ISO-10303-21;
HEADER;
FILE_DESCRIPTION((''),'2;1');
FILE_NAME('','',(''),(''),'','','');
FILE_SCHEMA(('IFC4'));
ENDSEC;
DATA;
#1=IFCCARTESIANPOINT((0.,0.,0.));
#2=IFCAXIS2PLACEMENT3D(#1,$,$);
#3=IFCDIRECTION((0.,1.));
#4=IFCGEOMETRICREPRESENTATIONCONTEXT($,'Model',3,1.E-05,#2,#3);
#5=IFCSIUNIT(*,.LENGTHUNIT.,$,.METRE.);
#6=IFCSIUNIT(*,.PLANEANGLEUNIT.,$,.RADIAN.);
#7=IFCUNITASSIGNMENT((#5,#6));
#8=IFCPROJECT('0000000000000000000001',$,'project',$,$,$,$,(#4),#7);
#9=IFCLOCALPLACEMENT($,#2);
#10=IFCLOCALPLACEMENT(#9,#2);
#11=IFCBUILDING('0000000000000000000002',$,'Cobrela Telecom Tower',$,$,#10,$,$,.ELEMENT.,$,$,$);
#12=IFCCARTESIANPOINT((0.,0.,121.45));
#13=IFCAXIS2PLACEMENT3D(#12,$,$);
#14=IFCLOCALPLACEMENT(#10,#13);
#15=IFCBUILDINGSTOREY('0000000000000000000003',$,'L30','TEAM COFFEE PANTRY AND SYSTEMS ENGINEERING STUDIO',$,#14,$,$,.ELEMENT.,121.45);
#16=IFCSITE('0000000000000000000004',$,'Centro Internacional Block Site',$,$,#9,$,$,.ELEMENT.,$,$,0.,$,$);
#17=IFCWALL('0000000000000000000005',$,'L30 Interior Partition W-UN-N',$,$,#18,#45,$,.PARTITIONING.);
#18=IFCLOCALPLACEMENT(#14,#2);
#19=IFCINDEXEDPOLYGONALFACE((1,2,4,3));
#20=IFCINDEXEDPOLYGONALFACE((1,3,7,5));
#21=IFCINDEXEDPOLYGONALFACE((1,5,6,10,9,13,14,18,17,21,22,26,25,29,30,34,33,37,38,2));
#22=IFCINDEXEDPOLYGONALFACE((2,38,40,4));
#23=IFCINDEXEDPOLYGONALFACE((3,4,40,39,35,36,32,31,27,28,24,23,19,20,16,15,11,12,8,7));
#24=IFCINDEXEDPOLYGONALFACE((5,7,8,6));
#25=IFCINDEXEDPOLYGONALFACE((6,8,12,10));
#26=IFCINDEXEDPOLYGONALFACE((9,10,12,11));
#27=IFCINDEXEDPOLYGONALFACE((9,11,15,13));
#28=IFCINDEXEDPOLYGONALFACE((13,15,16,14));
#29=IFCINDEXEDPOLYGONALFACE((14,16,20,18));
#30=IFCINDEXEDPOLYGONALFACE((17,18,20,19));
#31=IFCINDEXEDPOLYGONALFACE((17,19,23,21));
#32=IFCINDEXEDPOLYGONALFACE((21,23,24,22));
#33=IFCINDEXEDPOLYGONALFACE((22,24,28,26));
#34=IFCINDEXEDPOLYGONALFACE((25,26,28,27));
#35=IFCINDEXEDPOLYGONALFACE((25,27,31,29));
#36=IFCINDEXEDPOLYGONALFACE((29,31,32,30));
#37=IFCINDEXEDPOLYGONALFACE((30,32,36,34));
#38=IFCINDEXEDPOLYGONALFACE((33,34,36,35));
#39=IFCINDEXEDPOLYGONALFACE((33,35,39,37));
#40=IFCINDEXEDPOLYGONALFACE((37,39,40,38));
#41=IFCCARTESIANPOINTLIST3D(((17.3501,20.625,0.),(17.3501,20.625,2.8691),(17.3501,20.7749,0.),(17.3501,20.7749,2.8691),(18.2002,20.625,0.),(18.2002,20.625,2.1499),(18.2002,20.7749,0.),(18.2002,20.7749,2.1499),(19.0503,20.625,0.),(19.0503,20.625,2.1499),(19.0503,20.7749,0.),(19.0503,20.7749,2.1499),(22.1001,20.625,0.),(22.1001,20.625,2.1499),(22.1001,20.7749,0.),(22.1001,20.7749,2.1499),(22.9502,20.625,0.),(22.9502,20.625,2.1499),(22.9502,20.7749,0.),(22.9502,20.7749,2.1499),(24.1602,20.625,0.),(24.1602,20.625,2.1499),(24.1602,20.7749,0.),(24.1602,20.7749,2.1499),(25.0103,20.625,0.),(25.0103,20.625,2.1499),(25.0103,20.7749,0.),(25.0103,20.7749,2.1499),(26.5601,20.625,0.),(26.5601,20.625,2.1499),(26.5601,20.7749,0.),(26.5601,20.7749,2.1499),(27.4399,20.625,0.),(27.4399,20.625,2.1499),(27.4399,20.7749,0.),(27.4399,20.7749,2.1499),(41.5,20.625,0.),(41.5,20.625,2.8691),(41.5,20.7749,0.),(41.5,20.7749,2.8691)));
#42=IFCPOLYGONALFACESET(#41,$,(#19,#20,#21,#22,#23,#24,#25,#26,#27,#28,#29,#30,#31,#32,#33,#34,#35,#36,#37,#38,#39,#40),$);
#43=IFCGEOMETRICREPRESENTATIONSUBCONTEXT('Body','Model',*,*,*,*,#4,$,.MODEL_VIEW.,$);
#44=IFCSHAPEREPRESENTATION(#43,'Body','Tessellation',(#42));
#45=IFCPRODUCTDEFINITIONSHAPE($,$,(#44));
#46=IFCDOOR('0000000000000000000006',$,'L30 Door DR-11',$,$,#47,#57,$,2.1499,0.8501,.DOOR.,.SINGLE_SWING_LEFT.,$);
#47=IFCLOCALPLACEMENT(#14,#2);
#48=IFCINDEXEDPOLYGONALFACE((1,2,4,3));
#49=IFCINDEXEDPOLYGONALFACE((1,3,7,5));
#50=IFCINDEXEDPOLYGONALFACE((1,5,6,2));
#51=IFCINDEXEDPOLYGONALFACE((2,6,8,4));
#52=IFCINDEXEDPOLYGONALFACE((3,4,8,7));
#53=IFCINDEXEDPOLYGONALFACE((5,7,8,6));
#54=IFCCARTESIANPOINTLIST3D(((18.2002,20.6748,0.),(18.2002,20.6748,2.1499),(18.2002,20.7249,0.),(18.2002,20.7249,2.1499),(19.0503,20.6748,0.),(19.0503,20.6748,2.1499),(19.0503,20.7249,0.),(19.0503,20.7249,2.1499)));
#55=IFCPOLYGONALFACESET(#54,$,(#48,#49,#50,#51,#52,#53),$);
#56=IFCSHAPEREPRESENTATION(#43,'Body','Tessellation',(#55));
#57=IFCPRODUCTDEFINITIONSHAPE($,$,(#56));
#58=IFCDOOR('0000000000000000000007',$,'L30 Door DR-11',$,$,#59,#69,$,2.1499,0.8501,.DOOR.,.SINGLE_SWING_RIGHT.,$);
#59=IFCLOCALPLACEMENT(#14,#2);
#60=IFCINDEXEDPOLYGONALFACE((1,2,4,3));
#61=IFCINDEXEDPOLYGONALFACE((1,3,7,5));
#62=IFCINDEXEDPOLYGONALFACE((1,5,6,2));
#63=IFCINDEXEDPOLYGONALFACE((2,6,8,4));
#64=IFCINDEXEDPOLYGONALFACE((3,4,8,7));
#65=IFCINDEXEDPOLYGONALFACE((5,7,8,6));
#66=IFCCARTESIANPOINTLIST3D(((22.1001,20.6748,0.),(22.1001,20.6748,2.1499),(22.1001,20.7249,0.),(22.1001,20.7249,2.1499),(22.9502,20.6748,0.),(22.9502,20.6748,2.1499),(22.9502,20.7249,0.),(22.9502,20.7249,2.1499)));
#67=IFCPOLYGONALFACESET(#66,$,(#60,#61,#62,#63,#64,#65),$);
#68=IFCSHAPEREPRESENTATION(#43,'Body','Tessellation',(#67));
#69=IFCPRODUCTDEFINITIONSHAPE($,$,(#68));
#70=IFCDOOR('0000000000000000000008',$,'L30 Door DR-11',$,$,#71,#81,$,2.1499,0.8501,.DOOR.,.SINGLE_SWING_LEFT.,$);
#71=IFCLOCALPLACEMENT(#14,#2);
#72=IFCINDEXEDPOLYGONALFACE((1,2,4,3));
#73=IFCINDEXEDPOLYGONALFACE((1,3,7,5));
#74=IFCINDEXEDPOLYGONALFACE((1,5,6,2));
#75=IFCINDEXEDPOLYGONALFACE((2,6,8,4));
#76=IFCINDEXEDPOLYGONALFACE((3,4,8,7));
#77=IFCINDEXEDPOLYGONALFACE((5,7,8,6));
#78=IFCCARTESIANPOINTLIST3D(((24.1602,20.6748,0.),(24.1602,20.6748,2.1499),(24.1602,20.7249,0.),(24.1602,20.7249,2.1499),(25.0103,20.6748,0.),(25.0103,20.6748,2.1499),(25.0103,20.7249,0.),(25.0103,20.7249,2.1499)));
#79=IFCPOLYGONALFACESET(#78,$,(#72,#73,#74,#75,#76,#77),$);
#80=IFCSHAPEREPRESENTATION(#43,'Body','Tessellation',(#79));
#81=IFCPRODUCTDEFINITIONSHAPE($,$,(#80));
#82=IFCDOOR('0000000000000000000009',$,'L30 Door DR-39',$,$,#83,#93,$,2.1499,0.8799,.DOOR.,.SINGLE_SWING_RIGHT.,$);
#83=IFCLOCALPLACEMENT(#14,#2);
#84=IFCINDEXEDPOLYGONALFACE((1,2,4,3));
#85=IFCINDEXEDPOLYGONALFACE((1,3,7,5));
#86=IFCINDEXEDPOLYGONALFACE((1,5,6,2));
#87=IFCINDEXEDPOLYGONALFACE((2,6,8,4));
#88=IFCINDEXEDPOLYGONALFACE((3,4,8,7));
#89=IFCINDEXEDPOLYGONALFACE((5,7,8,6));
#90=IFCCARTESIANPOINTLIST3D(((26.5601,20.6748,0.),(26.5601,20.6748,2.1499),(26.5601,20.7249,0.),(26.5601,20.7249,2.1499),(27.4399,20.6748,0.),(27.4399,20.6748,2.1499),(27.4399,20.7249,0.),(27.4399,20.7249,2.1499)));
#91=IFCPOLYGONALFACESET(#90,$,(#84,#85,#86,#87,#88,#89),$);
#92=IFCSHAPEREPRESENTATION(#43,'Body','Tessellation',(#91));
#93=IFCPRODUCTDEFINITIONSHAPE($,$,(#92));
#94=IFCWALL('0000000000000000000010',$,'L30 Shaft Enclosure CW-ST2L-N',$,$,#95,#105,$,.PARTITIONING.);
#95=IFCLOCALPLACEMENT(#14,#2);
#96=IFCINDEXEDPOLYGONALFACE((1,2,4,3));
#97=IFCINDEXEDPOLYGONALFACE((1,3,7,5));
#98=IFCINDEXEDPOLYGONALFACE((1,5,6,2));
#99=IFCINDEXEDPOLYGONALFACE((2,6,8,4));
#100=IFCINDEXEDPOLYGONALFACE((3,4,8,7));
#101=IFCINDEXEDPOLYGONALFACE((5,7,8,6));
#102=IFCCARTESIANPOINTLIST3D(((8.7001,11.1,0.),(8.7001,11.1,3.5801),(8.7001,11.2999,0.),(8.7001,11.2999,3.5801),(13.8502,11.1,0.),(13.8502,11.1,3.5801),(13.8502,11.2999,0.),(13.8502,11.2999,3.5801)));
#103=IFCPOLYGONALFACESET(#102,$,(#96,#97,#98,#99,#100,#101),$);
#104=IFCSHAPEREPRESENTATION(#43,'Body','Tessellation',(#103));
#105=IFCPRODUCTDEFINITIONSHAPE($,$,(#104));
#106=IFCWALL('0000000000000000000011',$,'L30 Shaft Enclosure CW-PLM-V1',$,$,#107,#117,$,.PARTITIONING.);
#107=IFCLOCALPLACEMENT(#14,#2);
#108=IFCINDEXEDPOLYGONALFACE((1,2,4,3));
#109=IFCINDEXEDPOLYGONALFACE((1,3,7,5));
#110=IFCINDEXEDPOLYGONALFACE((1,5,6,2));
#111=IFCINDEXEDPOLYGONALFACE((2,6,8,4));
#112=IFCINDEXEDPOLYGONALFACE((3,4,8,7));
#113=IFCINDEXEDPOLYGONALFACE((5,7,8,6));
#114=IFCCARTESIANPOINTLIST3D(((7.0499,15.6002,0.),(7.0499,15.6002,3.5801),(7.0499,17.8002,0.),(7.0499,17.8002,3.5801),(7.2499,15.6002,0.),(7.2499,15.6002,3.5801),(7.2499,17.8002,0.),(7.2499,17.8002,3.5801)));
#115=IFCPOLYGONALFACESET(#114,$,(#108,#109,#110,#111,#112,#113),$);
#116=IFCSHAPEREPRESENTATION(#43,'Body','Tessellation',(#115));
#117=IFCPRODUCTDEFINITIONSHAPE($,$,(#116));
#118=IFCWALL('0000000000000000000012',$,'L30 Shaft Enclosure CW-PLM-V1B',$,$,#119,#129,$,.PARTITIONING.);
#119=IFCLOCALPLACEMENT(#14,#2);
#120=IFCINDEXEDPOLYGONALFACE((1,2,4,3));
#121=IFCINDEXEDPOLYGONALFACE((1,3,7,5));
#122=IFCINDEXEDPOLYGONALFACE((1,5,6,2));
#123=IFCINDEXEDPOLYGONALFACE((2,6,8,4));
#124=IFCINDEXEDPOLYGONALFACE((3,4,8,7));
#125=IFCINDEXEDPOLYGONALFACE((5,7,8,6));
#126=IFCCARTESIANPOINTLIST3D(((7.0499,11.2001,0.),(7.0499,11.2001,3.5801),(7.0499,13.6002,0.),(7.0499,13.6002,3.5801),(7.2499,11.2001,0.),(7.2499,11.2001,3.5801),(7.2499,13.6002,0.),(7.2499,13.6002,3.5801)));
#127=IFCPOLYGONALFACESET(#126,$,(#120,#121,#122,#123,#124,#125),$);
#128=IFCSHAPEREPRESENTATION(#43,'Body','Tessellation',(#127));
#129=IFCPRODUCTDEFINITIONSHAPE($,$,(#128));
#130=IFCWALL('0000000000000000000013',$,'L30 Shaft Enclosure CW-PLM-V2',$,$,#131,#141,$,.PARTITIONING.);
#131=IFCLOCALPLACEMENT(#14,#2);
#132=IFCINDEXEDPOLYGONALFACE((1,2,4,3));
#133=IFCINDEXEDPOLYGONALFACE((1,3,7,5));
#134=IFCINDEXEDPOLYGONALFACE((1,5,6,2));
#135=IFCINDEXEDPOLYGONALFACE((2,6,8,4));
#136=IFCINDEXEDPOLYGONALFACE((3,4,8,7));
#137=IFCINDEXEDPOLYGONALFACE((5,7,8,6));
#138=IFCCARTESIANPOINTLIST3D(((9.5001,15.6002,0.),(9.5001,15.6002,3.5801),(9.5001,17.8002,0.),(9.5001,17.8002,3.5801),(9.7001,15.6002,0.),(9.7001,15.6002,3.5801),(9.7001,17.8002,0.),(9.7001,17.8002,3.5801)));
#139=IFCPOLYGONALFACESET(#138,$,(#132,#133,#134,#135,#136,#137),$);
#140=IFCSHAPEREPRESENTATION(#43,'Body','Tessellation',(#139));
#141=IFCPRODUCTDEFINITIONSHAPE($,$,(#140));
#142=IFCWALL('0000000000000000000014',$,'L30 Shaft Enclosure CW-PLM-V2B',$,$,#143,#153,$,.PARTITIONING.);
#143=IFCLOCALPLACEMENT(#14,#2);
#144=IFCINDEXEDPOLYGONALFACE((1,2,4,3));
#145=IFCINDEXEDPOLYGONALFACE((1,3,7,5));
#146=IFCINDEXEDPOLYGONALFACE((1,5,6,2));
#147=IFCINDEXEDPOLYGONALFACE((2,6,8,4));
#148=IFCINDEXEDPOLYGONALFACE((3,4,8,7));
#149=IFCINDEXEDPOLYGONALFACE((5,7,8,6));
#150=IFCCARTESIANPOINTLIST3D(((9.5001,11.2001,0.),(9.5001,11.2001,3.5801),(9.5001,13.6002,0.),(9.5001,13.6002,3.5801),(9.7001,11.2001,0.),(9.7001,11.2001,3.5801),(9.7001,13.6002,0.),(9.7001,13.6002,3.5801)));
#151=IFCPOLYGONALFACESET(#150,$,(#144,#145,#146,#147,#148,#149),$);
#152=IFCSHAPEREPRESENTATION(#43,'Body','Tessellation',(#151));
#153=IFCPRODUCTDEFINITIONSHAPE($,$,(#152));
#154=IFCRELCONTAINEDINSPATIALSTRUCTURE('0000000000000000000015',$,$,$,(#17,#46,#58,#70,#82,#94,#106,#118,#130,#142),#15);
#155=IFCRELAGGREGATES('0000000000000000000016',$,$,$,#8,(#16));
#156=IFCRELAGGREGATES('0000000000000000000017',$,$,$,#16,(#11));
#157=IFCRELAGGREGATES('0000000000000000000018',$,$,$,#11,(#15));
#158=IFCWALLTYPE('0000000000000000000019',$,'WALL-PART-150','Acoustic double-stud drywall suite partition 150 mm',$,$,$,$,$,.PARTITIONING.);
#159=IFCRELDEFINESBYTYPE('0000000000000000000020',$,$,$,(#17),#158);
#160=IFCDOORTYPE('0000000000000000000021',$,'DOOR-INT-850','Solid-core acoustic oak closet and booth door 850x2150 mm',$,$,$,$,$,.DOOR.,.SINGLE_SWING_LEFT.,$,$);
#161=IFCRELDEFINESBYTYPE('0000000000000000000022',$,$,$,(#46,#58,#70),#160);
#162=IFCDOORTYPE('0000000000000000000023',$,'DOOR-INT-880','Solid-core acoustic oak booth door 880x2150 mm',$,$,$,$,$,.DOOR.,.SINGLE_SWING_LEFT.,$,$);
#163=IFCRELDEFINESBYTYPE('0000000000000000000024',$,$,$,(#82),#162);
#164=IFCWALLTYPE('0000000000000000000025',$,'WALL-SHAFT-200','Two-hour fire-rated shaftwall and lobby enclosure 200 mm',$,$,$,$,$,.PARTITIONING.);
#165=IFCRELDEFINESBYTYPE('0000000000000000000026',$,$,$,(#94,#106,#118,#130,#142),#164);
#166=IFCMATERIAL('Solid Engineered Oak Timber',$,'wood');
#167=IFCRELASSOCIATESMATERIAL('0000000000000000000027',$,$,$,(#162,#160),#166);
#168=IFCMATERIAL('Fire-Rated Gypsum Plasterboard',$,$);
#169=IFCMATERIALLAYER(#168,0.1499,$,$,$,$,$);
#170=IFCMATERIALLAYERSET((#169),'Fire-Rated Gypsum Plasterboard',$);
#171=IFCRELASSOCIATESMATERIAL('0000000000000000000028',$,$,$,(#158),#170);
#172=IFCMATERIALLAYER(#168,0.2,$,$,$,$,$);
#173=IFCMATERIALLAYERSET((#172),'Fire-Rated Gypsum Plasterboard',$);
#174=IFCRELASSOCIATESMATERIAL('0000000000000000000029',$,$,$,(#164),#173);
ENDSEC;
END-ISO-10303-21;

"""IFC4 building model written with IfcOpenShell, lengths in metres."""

from ifc_helpers import new_model, si_unit, direction, frame, frame_2d, origin, place, context, subcontext, project, spatial, rectangle, extrude, material, layer, layer_set, type_object, element, fill, save


model = new_model("IFC4")

# Units and contexts
model_context = context("Model", 3, precision=1e-05, world=origin(), true_north=direction((0.0, 1.0)))
body_context = subcontext(model_context, "Body", "Model", "MODEL_VIEW")
ifc_project = project(units=[si_unit("LENGTHUNIT", "METRE"), si_unit("PLANEANGLEUNIT", "RADIAN")], contexts=[model_context])

# Site, building, storey
site_placement = place(None, origin())
site = spatial("IfcSite", under=ifc_project, at=site_placement, Name="Centro Internacional Block Site", CompositionType="ELEMENT", RefElevation=0.0)
building_placement = place(site_placement, origin())
building = spatial("IfcBuilding", under=site, at=building_placement, Name="Cobrela Telecom Tower", CompositionType="ELEMENT")
storey_placement = place(building_placement, frame((0.0, 0.0, 121.45)))
storey = spatial("IfcBuildingStorey", under=building, at=storey_placement, Name="L30", Description="TEAM COFFEE PANTRY AND SYSTEMS ENGINEERING STUDIO", CompositionType="ELEMENT", Elevation=121.45)

# Shared definitions
ifc_material_1 = material(Name="Fire-Rated Gypsum Plasterboard")

# Wall, openings, doors
ifc_material_2 = material(Name="Solid Engineered Oak Timber", Category="wood")
door_type_1 = type_object("IfcDoorType", Name="DOOR-INT-880", Description="Solid-core acoustic oak booth door 880x2150 mm", OperationType="SINGLE_SWING_LEFT", PredefinedType="DOOR", material=ifc_material_2)
ifc_layer_1 = layer(ifc_material_1, 0.1499)
ifc_layer_set_1 = layer_set([ifc_layer_1], Name="Fire-Rated Gypsum Plasterboard")
wall_type_1 = type_object("IfcWallType", Name="WALL-PART-150", Description="Acoustic double-stud drywall suite partition 150 mm", PredefinedType="PARTITIONING", material=ifc_layer_set_1)
wall_1_placement = place(storey_placement, frame((17.3501, 20.7, 0.0), z_axis=(0.0, 0.0, 1.0), x_axis=(1.0, 0.0, 0.0)))
wall_1 = element("IfcWall", 1, at=wall_1_placement, inside=storey, type_object=wall_type_1, Name="L30 Interior Partition W-UN-N", PredefinedType="PARTITIONING", context=body_context, shape_type="SweptSolid", body=[
    extrude(rectangle(XDim=24.1499, YDim=0.1499, at=frame_2d((12.075, 0.0))), origin(), (0.0, 0.0, 1.0), 2.8691),
])
opening_1_placement = place(wall_1_placement, frame((0.8501, 0.0, 0.0)))
opening_1 = element("IfcOpeningElement", 2, at=opening_1_placement, cuts=wall_1, PredefinedType="OPENING", context=body_context, shape_type="SweptSolid", body=[
    extrude(rectangle(XDim=0.8501, YDim=2.1499, at=frame_2d((0.425, 1.075))), frame((0.0, 0.0869, 0.0), z_axis=(0.0, -1.0, 0.0), x_axis=(1.0, 0.0, 0.0)), (0.0, 0.0, 1.0), 0.1738),
])
opening_2_placement = place(wall_1_placement, frame((4.75, 0.0, 0.0)))
opening_2 = element("IfcOpeningElement", 3, at=opening_2_placement, cuts=wall_1, PredefinedType="OPENING", context=body_context, shape_type="SweptSolid", body=[
    extrude(rectangle(XDim=0.8501, YDim=2.1499, at=frame_2d((0.425, 1.075))), frame((0.0, 0.0869, 0.0), z_axis=(0.0, -1.0, 0.0), x_axis=(1.0, 0.0, 0.0)), (0.0, 0.0, 1.0), 0.1738),
])
opening_3_placement = place(wall_1_placement, frame((6.8101, 0.0, 0.0)))
opening_3 = element("IfcOpeningElement", 4, at=opening_3_placement, cuts=wall_1, PredefinedType="OPENING", context=body_context, shape_type="SweptSolid", body=[
    extrude(rectangle(XDim=0.8501, YDim=2.1499, at=frame_2d((0.425, 1.075))), frame((0.0, 0.0869, 0.0), z_axis=(0.0, -1.0, 0.0), x_axis=(1.0, 0.0, 0.0)), (0.0, 0.0, 1.0), 0.1738),
])
opening_4_placement = place(wall_1_placement, frame((9.21, 0.0, 0.0)))
opening_4 = element("IfcOpeningElement", 5, at=opening_4_placement, cuts=wall_1, PredefinedType="OPENING", context=body_context, shape_type="SweptSolid", body=[
    extrude(rectangle(XDim=0.8799, YDim=2.1499, at=frame_2d((0.4399, 1.075))), frame((0.0, 0.0869, 0.0), z_axis=(0.0, -1.0, 0.0), x_axis=(1.0, 0.0, 0.0)), (0.0, 0.0, 1.0), 0.1738),
])
door_type_2 = type_object("IfcDoorType", Name="DOOR-INT-850", Description="Solid-core acoustic oak closet and booth door 850x2150 mm", OperationType="SINGLE_SWING_LEFT", PredefinedType="DOOR", material=ifc_material_2)
door_1_placement = place(opening_1_placement, origin())
door_1 = element("IfcDoor", 6, at=door_1_placement, inside=storey, type_object=door_type_2, Name="L30 Door DR-11", OperationType="SINGLE_SWING_LEFT", OverallHeight=2.1499, OverallWidth=0.8501, PredefinedType="DOOR", context=body_context, shape_type="SweptSolid", body=[
    extrude(rectangle(XDim=0.8501, YDim=2.1499, at=frame_2d((0.425, 1.075))), frame((0.0, 0.0249, 0.0), z_axis=(0.0, -1.0, 0.0), x_axis=(1.0, 0.0, 0.0)), (0.0, 0.0, 1.0), 0.05),
])
fill(opening_1, door_1)
door_2_placement = place(opening_2_placement, origin())
door_2 = element("IfcDoor", 7, at=door_2_placement, inside=storey, type_object=door_type_2, Name="L30 Door DR-11", OperationType="SINGLE_SWING_RIGHT", OverallHeight=2.1499, OverallWidth=0.8501, PredefinedType="DOOR", context=body_context, shape_type="SweptSolid", body=[
    extrude(rectangle(XDim=0.8501, YDim=2.1499, at=frame_2d((0.425, 1.075))), frame((0.0, 0.0249, 0.0), z_axis=(0.0, -1.0, 0.0), x_axis=(1.0, 0.0, 0.0)), (0.0, 0.0, 1.0), 0.05),
])
fill(opening_2, door_2)
door_3_placement = place(opening_3_placement, origin())
door_3 = element("IfcDoor", 8, at=door_3_placement, inside=storey, type_object=door_type_2, Name="L30 Door DR-11", OperationType="SINGLE_SWING_LEFT", OverallHeight=2.1499, OverallWidth=0.8501, PredefinedType="DOOR", context=body_context, shape_type="SweptSolid", body=[
    extrude(rectangle(XDim=0.8501, YDim=2.1499, at=frame_2d((0.425, 1.075))), frame((0.0, 0.0249, 0.0), z_axis=(0.0, -1.0, 0.0), x_axis=(1.0, 0.0, 0.0)), (0.0, 0.0, 1.0), 0.05),
])
fill(opening_3, door_3)
door_4_placement = place(opening_4_placement, origin())
door_4 = element("IfcDoor", 9, at=door_4_placement, inside=storey, type_object=door_type_1, Name="L30 Door DR-39", OperationType="SINGLE_SWING_RIGHT", OverallHeight=2.1499, OverallWidth=0.8799, PredefinedType="DOOR", context=body_context, shape_type="SweptSolid", body=[
    extrude(rectangle(XDim=0.8799, YDim=2.1499, at=frame_2d((0.4399, 1.075))), frame((0.0, 0.0249, 0.0), z_axis=(0.0, -1.0, 0.0), x_axis=(1.0, 0.0, 0.0)), (0.0, 0.0, 1.0), 0.05),
])
fill(opening_4, door_4)

# Walls
ifc_layer_2 = layer(ifc_material_1, 0.2)
ifc_layer_set_2 = layer_set([ifc_layer_2], Name="Fire-Rated Gypsum Plasterboard")
wall_type_2 = type_object("IfcWallType", Name="WALL-SHAFT-200", Description="Two-hour fire-rated shaftwall and lobby enclosure 200 mm", PredefinedType="PARTITIONING", material=ifc_layer_set_2)
wall_2_placement = place(storey_placement, frame((8.7, 11.2, 0.0), z_axis=(0.0, 0.0, 1.0), x_axis=(1.0, 0.0, 0.0)))
element("IfcWall", 10, at=wall_2_placement, inside=storey, type_object=wall_type_2, Name="L30 Shaft Enclosure CW-ST2L-N", PredefinedType="PARTITIONING", context=body_context, shape_type="SweptSolid", body=[
    extrude(rectangle(XDim=5.1501, YDim=0.2, at=frame_2d((2.5752, 0.0))), origin(), (0.0, 0.0, 1.0), 3.5801),
])
wall_3_placement = place(storey_placement, frame((7.1499, 15.6001, 0.0), z_axis=(0.0, 0.0, 1.0), x_axis=(0.0, 1.0, 0.0)))
element("IfcWall", 11, at=wall_3_placement, inside=storey, type_object=wall_type_2, Name="L30 Shaft Enclosure CW-PLM-V1", PredefinedType="PARTITIONING", context=body_context, shape_type="SweptSolid", body=[
    extrude(rectangle(XDim=2.2, YDim=0.2, at=frame_2d((1.1001, 0.0))), origin(), (0.0, 0.0, 1.0), 3.5801),
])
wall_4_placement = place(storey_placement, frame((7.1499, 11.2, 0.0), z_axis=(0.0, 0.0, 1.0), x_axis=(0.0, 1.0, 0.0)))
element("IfcWall", 12, at=wall_4_placement, inside=storey, type_object=wall_type_2, Name="L30 Shaft Enclosure CW-PLM-V1B", PredefinedType="PARTITIONING", context=body_context, shape_type="SweptSolid", body=[
    extrude(rectangle(XDim=2.4001, YDim=0.2, at=frame_2d((1.2002, 0.0))), origin(), (0.0, 0.0, 1.0), 3.5801),
])
wall_5_placement = place(storey_placement, frame((9.6001, 15.6001, 0.0), z_axis=(0.0, 0.0, 1.0), x_axis=(0.0, 1.0, 0.0)))
element("IfcWall", 13, at=wall_5_placement, inside=storey, type_object=wall_type_2, Name="L30 Shaft Enclosure CW-PLM-V2", PredefinedType="PARTITIONING", context=body_context, shape_type="SweptSolid", body=[
    extrude(rectangle(XDim=2.2, YDim=0.2, at=frame_2d((1.1001, 0.0))), origin(), (0.0, 0.0, 1.0), 3.5801),
])
wall_6_placement = place(storey_placement, frame((9.6001, 11.2, 0.0), z_axis=(0.0, 0.0, 1.0), x_axis=(0.0, 1.0, 0.0)))
element("IfcWall", 14, at=wall_6_placement, inside=storey, type_object=wall_type_2, Name="L30 Shaft Enclosure CW-PLM-V2B", PredefinedType="PARTITIONING", context=body_context, shape_type="SweptSolid", body=[
    extrude(rectangle(XDim=2.4001, YDim=0.2, at=frame_2d((1.2002, 0.0))), origin(), (0.0, 0.0, 1.0), 3.5801),
])

save(model, "model.ifc")
